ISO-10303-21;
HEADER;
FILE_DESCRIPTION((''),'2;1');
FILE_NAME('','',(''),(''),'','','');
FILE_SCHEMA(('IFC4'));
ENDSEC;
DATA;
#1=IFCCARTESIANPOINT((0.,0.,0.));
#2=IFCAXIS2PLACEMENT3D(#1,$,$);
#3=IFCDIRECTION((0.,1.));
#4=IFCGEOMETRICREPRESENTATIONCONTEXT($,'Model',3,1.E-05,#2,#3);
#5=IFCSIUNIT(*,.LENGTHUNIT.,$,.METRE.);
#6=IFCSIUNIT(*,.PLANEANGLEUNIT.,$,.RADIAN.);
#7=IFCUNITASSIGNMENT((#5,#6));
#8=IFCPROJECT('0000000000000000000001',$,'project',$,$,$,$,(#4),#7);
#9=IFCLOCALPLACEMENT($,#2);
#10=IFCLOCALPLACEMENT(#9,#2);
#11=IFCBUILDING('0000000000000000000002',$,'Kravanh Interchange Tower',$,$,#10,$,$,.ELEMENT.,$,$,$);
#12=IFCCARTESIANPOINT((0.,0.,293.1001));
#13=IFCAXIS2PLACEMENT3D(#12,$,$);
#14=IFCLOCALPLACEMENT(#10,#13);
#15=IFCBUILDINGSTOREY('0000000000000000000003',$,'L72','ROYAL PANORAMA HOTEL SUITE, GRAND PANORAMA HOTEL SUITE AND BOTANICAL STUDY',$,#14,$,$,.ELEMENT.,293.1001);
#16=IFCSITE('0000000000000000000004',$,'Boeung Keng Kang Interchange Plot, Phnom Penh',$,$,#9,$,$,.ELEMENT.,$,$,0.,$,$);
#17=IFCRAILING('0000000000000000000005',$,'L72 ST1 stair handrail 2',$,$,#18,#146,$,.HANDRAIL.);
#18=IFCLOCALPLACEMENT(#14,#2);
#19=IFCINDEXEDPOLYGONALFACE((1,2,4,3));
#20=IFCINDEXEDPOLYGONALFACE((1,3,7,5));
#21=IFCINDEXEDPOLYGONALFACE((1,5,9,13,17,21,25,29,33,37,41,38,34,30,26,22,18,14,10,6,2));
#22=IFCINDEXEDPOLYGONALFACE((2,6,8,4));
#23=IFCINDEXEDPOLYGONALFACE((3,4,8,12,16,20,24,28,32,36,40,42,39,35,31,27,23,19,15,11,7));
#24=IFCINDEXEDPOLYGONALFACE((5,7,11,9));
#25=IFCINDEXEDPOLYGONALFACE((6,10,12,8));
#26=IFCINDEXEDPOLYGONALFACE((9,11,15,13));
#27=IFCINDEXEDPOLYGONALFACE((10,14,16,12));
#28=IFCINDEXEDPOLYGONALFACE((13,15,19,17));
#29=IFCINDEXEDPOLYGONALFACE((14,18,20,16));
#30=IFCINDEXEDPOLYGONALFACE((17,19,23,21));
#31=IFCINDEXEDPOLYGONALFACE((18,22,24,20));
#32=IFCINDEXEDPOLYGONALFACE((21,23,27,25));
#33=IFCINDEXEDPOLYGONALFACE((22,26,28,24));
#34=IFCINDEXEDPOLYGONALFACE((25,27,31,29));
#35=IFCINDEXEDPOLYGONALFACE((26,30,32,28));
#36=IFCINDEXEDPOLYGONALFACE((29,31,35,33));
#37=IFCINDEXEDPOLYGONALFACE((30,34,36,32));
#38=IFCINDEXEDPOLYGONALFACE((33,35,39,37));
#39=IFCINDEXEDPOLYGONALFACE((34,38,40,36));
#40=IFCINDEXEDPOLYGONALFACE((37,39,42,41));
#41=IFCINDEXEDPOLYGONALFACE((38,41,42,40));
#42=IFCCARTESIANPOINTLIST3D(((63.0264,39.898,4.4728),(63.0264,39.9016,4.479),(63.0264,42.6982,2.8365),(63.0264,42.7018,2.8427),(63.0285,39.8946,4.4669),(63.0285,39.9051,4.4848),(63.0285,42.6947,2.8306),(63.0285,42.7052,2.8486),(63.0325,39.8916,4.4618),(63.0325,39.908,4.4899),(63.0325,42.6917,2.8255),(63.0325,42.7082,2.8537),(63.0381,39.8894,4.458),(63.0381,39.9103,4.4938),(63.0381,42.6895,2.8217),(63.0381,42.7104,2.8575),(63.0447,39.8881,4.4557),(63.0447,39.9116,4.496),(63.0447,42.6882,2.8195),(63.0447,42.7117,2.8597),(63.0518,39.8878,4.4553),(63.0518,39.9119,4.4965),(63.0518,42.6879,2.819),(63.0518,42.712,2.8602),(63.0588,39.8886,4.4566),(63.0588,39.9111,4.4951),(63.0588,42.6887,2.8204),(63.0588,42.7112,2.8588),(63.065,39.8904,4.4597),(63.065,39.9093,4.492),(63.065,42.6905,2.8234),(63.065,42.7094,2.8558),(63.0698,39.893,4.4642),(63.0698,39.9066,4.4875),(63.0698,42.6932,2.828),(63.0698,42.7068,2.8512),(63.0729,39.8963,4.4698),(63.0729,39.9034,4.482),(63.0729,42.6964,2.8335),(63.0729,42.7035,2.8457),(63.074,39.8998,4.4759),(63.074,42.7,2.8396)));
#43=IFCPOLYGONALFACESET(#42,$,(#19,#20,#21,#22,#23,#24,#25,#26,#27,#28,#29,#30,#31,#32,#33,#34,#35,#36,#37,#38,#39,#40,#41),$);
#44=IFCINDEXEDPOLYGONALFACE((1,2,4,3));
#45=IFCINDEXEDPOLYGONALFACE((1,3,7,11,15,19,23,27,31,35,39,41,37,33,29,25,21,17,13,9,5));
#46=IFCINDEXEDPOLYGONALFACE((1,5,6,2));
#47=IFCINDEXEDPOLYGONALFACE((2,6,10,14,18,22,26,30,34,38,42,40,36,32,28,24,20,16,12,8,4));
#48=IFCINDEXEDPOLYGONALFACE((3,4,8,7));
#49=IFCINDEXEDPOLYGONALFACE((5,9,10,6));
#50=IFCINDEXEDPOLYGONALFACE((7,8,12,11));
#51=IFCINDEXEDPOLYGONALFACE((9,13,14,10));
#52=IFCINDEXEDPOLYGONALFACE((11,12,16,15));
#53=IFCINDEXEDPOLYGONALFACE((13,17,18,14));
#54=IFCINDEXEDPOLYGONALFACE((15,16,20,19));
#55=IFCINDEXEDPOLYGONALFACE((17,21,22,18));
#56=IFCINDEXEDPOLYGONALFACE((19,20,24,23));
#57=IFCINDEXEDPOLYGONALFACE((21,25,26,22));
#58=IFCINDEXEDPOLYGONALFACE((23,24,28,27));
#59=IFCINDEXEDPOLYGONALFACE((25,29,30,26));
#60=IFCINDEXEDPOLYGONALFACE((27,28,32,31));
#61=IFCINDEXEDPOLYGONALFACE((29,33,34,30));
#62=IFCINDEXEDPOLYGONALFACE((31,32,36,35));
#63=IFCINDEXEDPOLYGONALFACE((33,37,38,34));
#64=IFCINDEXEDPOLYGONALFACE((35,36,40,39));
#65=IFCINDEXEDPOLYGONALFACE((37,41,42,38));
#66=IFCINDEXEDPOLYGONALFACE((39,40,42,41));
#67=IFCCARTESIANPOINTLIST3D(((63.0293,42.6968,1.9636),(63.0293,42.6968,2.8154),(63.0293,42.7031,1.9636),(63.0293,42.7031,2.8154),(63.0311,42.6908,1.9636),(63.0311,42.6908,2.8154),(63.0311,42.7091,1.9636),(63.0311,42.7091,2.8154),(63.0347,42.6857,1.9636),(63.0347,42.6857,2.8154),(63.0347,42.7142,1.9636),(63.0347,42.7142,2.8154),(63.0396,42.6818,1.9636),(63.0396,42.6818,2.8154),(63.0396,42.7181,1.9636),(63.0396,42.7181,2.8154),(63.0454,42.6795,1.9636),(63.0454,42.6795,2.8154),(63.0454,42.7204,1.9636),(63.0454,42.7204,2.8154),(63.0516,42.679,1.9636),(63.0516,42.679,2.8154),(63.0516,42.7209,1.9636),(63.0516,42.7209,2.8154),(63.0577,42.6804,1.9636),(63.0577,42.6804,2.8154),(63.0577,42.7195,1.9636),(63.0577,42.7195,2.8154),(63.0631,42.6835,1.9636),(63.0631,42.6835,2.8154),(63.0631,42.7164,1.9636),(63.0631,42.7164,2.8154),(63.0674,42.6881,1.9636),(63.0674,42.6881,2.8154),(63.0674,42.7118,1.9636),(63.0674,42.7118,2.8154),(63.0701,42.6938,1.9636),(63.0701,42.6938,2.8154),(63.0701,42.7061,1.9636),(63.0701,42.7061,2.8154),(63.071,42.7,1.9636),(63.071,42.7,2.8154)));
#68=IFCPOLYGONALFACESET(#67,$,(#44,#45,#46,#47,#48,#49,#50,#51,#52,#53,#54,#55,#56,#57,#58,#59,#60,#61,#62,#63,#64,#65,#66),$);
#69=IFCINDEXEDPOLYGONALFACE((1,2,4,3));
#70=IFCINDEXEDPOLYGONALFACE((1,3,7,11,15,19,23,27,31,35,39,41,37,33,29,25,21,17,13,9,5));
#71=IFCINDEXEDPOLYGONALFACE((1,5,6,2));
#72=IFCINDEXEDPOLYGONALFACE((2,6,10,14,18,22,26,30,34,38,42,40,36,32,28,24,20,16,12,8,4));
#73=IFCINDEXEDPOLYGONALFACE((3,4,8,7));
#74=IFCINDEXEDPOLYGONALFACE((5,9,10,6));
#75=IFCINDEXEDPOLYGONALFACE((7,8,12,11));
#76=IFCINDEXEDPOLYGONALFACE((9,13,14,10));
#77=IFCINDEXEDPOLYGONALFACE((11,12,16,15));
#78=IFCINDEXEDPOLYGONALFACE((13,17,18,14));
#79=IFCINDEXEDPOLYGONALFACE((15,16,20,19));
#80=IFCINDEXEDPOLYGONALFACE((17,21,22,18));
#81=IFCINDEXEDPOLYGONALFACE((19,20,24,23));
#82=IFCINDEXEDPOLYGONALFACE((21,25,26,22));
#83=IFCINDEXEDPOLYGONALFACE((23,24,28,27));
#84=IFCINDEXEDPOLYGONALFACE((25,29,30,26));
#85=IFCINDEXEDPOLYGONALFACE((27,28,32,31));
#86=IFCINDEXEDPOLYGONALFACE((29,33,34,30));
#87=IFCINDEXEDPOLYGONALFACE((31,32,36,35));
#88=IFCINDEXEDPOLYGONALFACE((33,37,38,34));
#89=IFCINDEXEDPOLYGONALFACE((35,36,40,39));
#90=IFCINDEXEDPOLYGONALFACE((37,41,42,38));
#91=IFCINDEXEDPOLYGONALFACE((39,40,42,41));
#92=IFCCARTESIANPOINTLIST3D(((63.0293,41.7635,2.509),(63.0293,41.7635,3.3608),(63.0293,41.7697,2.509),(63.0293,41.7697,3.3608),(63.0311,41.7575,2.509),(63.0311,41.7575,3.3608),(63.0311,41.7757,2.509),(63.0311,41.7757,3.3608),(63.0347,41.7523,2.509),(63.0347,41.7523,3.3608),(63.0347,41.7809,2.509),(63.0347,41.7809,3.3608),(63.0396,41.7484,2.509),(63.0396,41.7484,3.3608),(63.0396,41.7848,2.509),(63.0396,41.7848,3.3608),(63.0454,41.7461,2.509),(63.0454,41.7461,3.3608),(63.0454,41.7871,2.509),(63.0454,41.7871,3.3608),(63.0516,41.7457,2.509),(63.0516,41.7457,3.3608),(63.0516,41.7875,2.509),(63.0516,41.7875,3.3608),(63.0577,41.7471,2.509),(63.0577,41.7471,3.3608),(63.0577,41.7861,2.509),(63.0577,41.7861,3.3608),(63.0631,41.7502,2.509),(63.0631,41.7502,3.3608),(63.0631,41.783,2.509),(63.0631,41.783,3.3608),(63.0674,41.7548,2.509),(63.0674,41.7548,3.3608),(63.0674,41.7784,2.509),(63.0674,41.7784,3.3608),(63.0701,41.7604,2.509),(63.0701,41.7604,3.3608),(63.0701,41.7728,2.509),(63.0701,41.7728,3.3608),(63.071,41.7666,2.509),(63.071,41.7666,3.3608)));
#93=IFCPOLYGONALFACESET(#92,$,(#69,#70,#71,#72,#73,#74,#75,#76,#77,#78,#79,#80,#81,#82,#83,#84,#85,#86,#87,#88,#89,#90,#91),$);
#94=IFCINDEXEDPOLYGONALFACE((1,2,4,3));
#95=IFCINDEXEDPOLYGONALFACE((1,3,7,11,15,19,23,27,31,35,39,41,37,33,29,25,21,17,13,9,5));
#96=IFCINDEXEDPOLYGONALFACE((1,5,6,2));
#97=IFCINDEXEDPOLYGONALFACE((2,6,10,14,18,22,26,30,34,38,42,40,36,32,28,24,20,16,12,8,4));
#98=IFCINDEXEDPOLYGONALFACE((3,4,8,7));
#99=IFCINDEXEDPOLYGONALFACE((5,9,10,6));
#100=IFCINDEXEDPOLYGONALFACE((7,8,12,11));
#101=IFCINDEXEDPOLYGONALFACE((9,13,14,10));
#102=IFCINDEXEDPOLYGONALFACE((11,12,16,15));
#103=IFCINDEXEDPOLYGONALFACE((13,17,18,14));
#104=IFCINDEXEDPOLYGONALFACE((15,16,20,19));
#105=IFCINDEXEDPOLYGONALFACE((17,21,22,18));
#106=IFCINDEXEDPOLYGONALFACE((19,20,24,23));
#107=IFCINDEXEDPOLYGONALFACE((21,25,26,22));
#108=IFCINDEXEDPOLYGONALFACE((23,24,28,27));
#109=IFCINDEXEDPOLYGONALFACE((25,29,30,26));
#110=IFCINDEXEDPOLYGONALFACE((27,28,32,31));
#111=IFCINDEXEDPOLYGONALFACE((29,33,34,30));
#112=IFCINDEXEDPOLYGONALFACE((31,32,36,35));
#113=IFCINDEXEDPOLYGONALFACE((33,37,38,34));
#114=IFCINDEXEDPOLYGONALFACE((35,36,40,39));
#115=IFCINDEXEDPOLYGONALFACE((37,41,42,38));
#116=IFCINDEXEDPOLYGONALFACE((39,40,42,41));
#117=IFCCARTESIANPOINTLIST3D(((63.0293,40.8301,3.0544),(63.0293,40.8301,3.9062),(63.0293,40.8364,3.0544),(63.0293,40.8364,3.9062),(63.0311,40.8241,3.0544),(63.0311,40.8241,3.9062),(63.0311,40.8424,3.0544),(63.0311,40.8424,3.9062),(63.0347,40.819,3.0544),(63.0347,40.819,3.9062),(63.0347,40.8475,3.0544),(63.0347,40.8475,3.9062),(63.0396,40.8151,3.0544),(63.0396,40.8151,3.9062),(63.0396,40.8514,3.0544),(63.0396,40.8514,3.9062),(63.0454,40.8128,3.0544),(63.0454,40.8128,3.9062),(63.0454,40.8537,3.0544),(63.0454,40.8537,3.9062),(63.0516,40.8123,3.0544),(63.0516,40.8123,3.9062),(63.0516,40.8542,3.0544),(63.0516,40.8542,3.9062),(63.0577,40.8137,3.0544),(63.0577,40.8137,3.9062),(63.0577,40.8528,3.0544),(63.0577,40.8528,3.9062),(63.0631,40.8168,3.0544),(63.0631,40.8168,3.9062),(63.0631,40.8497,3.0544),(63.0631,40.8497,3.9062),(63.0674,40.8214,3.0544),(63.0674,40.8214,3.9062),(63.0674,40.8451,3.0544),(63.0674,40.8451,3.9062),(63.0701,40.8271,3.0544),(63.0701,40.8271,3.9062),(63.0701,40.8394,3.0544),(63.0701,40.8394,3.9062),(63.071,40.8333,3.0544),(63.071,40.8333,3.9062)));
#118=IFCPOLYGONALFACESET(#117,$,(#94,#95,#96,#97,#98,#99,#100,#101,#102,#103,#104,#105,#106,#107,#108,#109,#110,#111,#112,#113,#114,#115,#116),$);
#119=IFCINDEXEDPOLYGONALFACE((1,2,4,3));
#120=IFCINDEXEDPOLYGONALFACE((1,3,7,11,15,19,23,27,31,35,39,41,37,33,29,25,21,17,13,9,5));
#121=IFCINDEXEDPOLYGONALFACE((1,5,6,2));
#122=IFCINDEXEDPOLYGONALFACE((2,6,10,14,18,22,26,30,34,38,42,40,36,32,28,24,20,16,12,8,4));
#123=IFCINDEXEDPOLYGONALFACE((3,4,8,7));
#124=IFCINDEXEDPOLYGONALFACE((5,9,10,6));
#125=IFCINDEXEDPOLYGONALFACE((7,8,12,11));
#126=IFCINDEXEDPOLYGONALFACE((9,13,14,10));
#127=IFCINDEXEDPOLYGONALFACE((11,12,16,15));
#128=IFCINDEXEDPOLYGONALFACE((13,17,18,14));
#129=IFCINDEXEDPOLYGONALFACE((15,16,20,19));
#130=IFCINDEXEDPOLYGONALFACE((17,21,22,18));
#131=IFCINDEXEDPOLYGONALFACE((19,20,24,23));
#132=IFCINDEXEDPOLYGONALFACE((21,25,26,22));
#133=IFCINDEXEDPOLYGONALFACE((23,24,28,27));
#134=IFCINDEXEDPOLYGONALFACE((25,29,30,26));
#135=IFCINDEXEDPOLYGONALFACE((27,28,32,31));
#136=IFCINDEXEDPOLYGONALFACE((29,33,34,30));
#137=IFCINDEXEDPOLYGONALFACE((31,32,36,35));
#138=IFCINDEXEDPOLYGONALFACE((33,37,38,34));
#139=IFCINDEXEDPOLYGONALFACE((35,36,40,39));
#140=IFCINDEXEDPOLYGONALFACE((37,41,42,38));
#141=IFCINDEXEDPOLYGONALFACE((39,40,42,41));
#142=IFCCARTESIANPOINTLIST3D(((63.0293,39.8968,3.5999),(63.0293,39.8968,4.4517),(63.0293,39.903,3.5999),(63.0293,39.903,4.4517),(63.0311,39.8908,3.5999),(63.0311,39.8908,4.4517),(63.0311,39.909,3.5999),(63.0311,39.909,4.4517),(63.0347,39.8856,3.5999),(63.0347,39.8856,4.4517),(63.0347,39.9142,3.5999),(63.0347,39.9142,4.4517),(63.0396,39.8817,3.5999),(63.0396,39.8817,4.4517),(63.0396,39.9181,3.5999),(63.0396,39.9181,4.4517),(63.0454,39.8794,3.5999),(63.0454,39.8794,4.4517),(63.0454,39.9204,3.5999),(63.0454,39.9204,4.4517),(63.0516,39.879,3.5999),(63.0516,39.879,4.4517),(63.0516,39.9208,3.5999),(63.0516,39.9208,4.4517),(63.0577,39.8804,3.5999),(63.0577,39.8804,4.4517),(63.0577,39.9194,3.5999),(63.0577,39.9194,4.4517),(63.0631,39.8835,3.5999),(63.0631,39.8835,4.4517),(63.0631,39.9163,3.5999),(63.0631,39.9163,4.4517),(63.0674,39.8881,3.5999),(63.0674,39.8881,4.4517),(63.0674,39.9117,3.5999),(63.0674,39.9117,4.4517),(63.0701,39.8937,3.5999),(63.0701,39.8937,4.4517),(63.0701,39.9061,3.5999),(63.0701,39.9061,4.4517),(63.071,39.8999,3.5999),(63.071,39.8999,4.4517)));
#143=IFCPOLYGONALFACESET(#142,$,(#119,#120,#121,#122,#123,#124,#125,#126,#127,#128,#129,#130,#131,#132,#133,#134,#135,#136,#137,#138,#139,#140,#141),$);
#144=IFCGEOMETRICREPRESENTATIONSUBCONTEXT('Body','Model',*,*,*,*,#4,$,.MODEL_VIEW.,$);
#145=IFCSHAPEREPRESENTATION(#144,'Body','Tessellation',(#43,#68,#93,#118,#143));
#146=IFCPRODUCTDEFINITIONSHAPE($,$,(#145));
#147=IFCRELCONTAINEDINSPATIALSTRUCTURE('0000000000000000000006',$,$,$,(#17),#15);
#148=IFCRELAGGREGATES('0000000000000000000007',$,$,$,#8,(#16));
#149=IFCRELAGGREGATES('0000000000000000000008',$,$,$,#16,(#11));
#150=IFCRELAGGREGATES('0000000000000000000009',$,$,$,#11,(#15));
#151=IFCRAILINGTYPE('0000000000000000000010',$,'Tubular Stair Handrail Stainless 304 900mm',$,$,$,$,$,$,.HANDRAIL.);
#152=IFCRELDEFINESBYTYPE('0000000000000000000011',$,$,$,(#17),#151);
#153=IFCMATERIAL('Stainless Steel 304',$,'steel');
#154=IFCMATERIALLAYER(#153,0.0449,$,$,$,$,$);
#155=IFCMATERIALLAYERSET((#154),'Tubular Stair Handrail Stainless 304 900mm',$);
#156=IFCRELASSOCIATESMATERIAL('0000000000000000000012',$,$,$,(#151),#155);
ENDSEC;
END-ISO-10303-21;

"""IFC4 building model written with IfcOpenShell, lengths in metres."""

from ifc_helpers import new_model, si_unit, direction, frame, origin, origin_2d, place, context, subcontext, project, spatial, circle, extrude, material, layer, layer_set, type_object, element, save


model = new_model("IFC4")

# Units and contexts
model_context = context("Model", 3, precision=1e-05, world=origin(), true_north=direction((0.0, 1.0)))
body_context = subcontext(model_context, "Body", "Model", "MODEL_VIEW")
ifc_project = project(units=[si_unit("LENGTHUNIT", "METRE"), si_unit("PLANEANGLEUNIT", "RADIAN")], contexts=[model_context])

# Site, building, storey
site_placement = place(None, origin())
site = spatial("IfcSite", under=ifc_project, at=site_placement, Name="Boeung Keng Kang Interchange Plot, Phnom Penh", CompositionType="ELEMENT", RefElevation=0.0)
building_placement = place(site_placement, origin())
building = spatial("IfcBuilding", under=site, at=building_placement, Name="Kravanh Interchange Tower", CompositionType="ELEMENT")
storey_placement = place(building_placement, frame((0.0, 0.0, 293.1001)))
storey = spatial("IfcBuildingStorey", under=building, at=storey_placement, Name="L72", Description="ROYAL PANORAMA HOTEL SUITE, GRAND PANORAMA HOTEL SUITE AND BOTANICAL STUDY", CompositionType="ELEMENT", Elevation=293.1001)

# Railing
ifc_material_1 = material(Name="Stainless Steel 304", Category="steel")
ifc_layer_1 = layer(ifc_material_1, 0.0449)
ifc_layer_set_1 = layer_set([ifc_layer_1], Name="Tubular Stair Handrail Stainless 304 900mm")
railing_type_1 = type_object("IfcRailingType", Name="Tubular Stair Handrail Stainless 304 900mm", PredefinedType="HANDRAIL", material=ifc_layer_set_1)
railing_1_placement = place(storey_placement, frame((63.05, 42.7, 1.9636)))
element("IfcRailing", 1, at=railing_1_placement, inside=storey, type_object=railing_type_1, Name="L72 ST1 stair handrail 2", PredefinedType="HANDRAIL", context=body_context, shape_type="SweptSolid", body=[
    extrude(circle(Radius=0.0239, at=origin_2d()), frame((0.0, 0.0, 0.876), z_axis=(0.0, -0.863394, 0.504531), x_axis=(1.0, 0.0, 0.0)), (0.0, 0.0, 1.0), 3.2432),
    extrude(circle(Radius=0.021, at=origin_2d()), origin(), (0.0, 0.0, 1.0), 0.8518),
    extrude(circle(Radius=0.021, at=origin_2d()), frame((0.0, -0.9333, 0.5454)), (0.0, 0.0, 1.0), 0.8518),
    extrude(circle(Radius=0.021, at=origin_2d()), frame((0.0, -1.8667, 1.0908)), (0.0, 0.0, 1.0), 0.8518),
    extrude(circle(Radius=0.021, at=origin_2d()), frame((0.0, -2.8, 1.6362)), (0.0, 0.0, 1.0), 0.8518),
])

save(model, "model.ifc")
